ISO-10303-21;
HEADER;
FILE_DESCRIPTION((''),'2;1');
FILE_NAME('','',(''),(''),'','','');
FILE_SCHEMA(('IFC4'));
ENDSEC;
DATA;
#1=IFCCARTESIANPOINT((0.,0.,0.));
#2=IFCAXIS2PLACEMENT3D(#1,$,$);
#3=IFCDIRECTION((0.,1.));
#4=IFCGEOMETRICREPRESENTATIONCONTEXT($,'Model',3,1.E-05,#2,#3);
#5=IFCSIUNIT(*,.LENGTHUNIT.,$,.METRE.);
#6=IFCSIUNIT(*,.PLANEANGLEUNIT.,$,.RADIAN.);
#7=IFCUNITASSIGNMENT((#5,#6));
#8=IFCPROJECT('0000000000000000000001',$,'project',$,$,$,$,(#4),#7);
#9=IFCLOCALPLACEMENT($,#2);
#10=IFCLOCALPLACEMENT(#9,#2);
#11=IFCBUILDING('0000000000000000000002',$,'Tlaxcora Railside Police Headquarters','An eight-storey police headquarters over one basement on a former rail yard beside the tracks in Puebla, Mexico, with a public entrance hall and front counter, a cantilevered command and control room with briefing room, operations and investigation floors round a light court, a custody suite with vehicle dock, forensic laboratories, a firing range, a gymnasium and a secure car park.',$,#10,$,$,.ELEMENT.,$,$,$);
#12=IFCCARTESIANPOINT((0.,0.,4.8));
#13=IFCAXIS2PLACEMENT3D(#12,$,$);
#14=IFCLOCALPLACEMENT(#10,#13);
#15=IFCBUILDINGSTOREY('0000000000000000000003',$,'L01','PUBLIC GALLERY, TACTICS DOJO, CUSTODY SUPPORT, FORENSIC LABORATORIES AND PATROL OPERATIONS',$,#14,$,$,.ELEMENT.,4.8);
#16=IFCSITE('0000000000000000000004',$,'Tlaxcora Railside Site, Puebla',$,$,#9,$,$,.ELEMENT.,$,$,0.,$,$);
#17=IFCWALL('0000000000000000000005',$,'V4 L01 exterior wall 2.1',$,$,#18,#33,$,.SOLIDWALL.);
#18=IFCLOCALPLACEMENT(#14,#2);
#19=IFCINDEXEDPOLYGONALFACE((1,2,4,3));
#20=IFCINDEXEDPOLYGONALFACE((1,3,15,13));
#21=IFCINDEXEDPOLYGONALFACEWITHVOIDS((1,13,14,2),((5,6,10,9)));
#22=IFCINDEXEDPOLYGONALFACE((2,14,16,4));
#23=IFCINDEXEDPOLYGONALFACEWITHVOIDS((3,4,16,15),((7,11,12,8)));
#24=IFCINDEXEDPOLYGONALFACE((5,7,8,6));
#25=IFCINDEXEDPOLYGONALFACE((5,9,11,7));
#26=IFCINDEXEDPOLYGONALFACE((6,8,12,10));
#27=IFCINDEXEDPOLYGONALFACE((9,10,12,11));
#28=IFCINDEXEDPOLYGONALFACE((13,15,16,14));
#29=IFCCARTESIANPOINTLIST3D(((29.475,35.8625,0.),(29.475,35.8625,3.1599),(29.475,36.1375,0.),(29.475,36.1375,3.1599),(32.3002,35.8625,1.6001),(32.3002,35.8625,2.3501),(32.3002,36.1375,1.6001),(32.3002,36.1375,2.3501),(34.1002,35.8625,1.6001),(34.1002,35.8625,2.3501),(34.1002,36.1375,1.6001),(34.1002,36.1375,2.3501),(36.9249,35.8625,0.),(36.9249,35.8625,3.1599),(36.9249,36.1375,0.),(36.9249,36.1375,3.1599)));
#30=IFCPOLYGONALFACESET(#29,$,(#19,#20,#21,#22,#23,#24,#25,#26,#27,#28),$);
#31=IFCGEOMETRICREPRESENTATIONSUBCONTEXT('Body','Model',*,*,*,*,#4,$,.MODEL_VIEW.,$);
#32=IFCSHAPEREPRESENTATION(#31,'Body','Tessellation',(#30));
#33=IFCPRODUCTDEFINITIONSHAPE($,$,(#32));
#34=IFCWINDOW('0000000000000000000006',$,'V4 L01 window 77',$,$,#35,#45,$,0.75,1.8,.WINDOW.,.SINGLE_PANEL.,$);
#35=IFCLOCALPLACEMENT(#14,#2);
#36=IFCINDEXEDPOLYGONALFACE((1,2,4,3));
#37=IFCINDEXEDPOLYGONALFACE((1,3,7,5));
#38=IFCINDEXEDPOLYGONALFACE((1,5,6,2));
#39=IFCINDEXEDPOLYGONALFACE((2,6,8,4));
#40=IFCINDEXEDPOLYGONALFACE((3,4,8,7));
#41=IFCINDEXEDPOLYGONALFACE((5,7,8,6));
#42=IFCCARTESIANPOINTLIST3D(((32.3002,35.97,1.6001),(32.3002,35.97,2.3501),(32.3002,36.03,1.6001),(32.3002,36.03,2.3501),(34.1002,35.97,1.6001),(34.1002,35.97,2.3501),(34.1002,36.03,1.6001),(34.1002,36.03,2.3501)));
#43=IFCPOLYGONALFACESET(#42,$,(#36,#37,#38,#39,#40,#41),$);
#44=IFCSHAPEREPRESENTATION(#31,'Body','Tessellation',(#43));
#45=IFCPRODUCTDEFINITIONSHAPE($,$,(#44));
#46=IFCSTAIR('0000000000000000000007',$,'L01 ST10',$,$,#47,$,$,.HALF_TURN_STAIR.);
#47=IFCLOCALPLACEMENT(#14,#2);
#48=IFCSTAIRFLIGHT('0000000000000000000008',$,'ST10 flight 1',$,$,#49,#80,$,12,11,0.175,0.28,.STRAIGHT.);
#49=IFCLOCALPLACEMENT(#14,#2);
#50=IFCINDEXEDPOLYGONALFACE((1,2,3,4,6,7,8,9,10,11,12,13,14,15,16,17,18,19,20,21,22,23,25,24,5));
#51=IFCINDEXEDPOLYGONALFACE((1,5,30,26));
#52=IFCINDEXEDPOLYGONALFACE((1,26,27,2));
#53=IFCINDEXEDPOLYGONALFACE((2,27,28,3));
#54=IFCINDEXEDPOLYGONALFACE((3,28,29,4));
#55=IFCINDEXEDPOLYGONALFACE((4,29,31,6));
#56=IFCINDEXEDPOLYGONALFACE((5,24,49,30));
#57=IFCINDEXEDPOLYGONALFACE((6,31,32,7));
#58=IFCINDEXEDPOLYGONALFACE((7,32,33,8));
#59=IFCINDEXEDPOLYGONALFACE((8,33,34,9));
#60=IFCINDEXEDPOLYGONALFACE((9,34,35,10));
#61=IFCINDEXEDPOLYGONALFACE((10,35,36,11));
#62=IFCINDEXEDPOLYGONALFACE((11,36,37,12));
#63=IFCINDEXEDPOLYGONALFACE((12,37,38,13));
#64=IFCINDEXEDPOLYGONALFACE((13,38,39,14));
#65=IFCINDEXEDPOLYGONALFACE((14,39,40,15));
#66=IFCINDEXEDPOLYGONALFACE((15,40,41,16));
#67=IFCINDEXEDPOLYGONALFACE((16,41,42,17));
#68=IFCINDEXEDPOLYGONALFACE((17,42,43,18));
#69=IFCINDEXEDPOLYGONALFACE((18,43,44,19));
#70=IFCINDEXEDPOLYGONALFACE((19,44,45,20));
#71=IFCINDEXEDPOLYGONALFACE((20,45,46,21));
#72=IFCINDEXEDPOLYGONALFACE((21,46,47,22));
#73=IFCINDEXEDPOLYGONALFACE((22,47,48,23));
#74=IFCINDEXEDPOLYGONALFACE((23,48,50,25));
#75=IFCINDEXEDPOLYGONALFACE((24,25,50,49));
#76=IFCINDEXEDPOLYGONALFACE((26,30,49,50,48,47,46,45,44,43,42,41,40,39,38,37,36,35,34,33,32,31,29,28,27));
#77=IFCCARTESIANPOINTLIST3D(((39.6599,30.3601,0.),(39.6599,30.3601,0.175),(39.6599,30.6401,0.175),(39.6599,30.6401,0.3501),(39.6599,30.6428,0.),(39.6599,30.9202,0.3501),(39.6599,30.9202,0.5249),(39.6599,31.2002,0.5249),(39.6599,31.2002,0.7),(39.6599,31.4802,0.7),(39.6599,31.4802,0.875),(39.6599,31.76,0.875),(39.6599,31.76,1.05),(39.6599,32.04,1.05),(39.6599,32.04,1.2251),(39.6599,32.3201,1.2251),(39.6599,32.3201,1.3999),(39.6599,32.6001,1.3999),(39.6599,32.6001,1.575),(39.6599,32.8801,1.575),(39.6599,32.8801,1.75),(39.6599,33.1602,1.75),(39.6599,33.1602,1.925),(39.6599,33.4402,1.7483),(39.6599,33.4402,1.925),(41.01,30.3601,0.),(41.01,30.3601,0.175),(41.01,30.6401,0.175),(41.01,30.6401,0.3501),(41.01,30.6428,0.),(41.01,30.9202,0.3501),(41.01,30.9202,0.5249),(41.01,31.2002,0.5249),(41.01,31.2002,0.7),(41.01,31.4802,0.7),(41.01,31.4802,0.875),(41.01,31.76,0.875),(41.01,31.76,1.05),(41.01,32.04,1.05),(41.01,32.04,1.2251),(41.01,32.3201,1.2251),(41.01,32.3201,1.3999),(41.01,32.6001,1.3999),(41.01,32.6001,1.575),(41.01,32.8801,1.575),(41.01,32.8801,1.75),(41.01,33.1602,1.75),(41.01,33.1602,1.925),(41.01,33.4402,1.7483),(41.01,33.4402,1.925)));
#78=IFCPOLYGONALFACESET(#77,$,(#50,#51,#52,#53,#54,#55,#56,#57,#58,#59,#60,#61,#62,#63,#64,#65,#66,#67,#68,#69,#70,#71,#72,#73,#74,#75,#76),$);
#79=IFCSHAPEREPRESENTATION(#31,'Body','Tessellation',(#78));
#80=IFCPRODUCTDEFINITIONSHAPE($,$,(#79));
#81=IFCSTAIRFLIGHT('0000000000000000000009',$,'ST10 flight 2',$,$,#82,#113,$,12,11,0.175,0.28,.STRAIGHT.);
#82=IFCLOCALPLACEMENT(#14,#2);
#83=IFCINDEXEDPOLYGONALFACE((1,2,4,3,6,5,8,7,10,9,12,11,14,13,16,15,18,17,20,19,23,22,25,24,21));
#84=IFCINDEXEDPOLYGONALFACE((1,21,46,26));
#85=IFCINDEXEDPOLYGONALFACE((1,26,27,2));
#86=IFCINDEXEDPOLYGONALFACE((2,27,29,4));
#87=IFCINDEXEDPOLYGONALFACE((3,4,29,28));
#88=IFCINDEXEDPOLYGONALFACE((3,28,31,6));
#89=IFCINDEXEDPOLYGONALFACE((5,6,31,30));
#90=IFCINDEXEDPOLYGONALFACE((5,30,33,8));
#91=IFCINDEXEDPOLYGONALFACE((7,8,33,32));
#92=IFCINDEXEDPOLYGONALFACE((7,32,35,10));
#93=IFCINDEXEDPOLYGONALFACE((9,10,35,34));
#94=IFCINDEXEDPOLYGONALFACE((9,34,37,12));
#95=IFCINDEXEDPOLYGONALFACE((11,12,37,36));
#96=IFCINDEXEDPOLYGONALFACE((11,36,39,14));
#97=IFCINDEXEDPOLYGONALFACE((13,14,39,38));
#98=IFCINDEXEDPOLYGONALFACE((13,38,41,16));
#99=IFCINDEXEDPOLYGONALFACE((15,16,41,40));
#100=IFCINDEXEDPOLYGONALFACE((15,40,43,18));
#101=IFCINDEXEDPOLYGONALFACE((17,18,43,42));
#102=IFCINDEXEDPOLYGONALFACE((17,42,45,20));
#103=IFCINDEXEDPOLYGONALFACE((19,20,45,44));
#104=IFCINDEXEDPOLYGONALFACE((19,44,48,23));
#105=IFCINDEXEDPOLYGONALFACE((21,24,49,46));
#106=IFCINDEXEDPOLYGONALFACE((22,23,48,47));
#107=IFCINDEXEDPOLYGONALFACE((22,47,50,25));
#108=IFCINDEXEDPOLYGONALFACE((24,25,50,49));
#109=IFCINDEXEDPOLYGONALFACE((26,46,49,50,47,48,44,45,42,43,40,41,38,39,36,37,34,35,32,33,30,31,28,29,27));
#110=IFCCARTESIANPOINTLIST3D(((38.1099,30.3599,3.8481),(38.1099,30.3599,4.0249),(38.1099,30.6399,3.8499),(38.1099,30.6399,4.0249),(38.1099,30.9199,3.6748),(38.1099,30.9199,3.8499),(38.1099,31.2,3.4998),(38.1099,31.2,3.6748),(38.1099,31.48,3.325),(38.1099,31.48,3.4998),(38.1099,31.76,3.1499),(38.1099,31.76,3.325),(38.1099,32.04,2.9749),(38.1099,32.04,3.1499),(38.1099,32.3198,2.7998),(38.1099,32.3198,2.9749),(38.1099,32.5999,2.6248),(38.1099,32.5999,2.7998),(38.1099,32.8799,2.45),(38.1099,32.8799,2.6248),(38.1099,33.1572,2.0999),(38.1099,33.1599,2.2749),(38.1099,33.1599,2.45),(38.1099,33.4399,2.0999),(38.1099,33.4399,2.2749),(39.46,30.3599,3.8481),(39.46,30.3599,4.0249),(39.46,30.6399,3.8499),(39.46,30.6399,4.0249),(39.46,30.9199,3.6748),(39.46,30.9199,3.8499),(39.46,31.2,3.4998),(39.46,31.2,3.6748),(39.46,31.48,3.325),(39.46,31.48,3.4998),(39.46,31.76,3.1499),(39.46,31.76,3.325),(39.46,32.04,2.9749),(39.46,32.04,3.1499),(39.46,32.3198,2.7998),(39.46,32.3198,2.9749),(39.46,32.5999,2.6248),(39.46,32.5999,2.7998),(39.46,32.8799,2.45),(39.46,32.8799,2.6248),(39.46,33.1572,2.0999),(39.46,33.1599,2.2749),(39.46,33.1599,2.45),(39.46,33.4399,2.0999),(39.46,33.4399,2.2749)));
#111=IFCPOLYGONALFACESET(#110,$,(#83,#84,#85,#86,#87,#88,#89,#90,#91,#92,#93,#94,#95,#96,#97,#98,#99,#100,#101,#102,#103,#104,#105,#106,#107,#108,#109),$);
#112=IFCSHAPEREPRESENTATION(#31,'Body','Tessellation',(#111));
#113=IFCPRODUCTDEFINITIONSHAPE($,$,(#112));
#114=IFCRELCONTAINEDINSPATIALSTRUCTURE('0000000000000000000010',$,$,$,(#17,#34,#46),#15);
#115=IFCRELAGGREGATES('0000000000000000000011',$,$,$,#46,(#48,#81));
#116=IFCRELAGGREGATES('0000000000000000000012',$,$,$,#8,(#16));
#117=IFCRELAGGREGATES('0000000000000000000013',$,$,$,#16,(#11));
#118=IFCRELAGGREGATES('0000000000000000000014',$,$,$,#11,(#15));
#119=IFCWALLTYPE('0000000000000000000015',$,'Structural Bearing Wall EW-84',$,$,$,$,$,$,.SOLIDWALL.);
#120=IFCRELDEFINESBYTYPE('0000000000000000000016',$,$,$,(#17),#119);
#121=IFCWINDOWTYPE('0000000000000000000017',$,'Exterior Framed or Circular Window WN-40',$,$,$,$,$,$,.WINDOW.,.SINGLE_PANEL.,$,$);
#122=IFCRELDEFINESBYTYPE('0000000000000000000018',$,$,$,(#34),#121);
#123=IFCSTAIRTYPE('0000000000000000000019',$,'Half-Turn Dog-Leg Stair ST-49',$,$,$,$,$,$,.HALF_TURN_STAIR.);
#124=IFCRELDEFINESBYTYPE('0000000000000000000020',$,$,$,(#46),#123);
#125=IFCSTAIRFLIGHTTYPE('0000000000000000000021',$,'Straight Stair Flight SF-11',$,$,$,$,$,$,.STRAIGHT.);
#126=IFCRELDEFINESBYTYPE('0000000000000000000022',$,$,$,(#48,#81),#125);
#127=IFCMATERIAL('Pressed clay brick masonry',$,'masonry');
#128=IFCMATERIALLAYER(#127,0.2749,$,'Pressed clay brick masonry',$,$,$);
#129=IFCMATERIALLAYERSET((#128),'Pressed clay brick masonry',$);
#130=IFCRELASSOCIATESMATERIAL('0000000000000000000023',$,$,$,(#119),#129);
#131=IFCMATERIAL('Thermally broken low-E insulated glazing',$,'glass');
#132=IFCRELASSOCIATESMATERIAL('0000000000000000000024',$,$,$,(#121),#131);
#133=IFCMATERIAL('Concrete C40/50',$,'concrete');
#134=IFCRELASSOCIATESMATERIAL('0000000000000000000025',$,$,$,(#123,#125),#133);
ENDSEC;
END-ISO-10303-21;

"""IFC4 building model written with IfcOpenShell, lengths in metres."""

from ifc_helpers import new_model, si_unit, direction, frame, frame_2d, origin, place, context, subcontext, project, spatial, polyline, rectangle, outline, extrude, material, layer, layer_set, type_object, element, fill, aggregate, save


model = new_model("IFC4")

# Units and contexts
model_context = context("Model", 3, precision=1e-05, world=origin(), true_north=direction((0.0, 1.0)))
body_context = subcontext(model_context, "Body", "Model", "MODEL_VIEW")
ifc_project = project(units=[si_unit("LENGTHUNIT", "METRE"), si_unit("PLANEANGLEUNIT", "RADIAN")], contexts=[model_context])

# Site, building, storey
site_placement = place(None, origin())
site = spatial("IfcSite", under=ifc_project, at=site_placement, Name="Tlaxcora Railside Site, Puebla", CompositionType="ELEMENT", RefElevation=0.0)
building_placement = place(site_placement, origin())
building = spatial("IfcBuilding", under=site, at=building_placement, Name="Tlaxcora Railside Police Headquarters", Description="An eight-storey police headquarters over one basement on a former rail yard beside the tracks in Puebla, Mexico, with a public entrance hall and front counter, a cantilevered command and control room with briefing room, operations and investigation floors round a light court, a custody suite with vehicle dock, forensic laboratories, a firing range, a gymnasium and a secure car park.", CompositionType="ELEMENT")
storey_placement = place(building_placement, frame((0.0, 0.0, 4.8)))
storey = spatial("IfcBuildingStorey", under=building, at=storey_placement, Name="L01", Description="PUBLIC GALLERY, TACTICS DOJO, CUSTODY SUPPORT, FORENSIC LABORATORIES AND PATROL OPERATIONS", CompositionType="ELEMENT", Elevation=4.8)

# Shared definitions
ifc_material_1 = material(Name="Concrete C40/50", Category="concrete")

# Wall, opening, window
ifc_material_2 = material(Name="Pressed clay brick masonry", Category="masonry")
ifc_layer_1 = layer(ifc_material_2, 0.2749, Name="Pressed clay brick masonry")
ifc_layer_set_1 = layer_set([ifc_layer_1], Name="Pressed clay brick masonry")
wall_type_1 = type_object("IfcWallType", Name="Structural Bearing Wall EW-84", PredefinedType="SOLIDWALL", material=ifc_layer_set_1)
wall_1_placement = place(storey_placement, frame((36.925, 36.0, 0.0), z_axis=(0.0, 0.0, 1.0), x_axis=(-1.0, 0.0, 0.0)))
wall_1 = element("IfcWall", 1, at=wall_1_placement, inside=storey, type_object=wall_type_1, Name="V4 L01 exterior wall 2.1", PredefinedType="SOLIDWALL", context=body_context, shape_type="SweptSolid", body=[
    extrude(rectangle(XDim=7.45, YDim=0.2749, at=frame_2d((3.7251, 0.0))), origin(), (0.0, 0.0, 1.0), 3.1599),
])
opening_1_placement = place(wall_1_placement, frame((2.825, 0.0, 1.6001)))
opening_1 = element("IfcOpeningElement", 2, at=opening_1_placement, cuts=wall_1, PredefinedType="OPENING", context=body_context, shape_type="SweptSolid", body=[
    extrude(rectangle(XDim=1.8, YDim=0.75, at=frame_2d((0.8999, 0.375))), frame((0.0, 0.1475, 0.0), z_axis=(0.0, -1.0, 0.0), x_axis=(1.0, 0.0, 0.0)), (0.0, 0.0, 1.0), 0.2949),
])
ifc_material_3 = material(Name="Thermally broken low-E insulated glazing", Category="glass")
window_type = type_object("IfcWindowType", Name="Exterior Framed or Circular Window WN-40", PartitioningType="SINGLE_PANEL", PredefinedType="WINDOW", material=ifc_material_3)
window_placement = place(opening_1_placement, origin())
window = element("IfcWindow", 3, at=window_placement, inside=storey, type_object=window_type, Name="V4 L01 window 77", OverallHeight=0.75, OverallWidth=1.8, PartitioningType="SINGLE_PANEL", PredefinedType="WINDOW", context=body_context, shape_type="SweptSolid", body=[
    extrude(rectangle(XDim=1.8, YDim=0.75, at=frame_2d((0.8999, 0.375))), frame((0.0, 0.03, 0.0), z_axis=(0.0, -1.0, 0.0), x_axis=(1.0, 0.0, 0.0)), (0.0, 0.0, 1.0), 0.0601),
])
fill(opening_1, window)

# Stair, stair flights
stair_type = type_object("IfcStairType", Name="Half-Turn Dog-Leg Stair ST-49", PredefinedType="HALF_TURN_STAIR", material=ifc_material_1)
stair_placement = place(storey_placement, origin())
stair = element("IfcStair", 4, at=stair_placement, inside=storey, type_object=stair_type, Name="L01 ST10", PredefinedType="HALF_TURN_STAIR")
stair_flight_type = type_object("IfcStairFlightType", Name="Straight Stair Flight SF-11", PredefinedType="STRAIGHT", material=ifc_material_1)
stair_flight_1_placement = place(storey_placement, frame((40.335, 30.3601, 0.0), z_axis=(0.0, 0.0, 1.0), x_axis=(0.0, 1.0, 0.0)))
stair_flight_1 = element("IfcStairFlight", 5, at=stair_flight_1_placement, type_object=stair_flight_type, Name="ST10 flight 1", NumberOfRisers=12, NumberOfTreads=11, PredefinedType="STRAIGHT", RiserHeight=0.175, TreadLength=0.28, context=body_context, shape_type="SweptSolid", body=[
    extrude(outline(polyline([(0.0, 0.0), (0.0, 0.175), (0.28, 0.175), (0.28, 0.3501), (0.5601, 0.3501), (0.5601, 0.5249), (0.8401, 0.5249), (0.8401, 0.7), (1.1201, 0.7), (1.1201, 0.875), (1.3999, 0.875), (1.3999, 1.05), (1.6799, 1.05), (1.6799, 1.2251), (1.96, 1.2251), (1.96, 1.3999), (2.24, 1.3999), (2.24, 1.575), (2.52, 1.575), (2.52, 1.75), (2.8, 1.75), (2.8, 1.925), (3.0801, 1.925), (3.0801, 2.1001), (3.0801, 1.7483), (0.2827, 0.0), (0.0, 0.0)])), frame((0.0, 0.675, 0.0), z_axis=(0.0, -1.0, 0.0), x_axis=(1.0, 0.0, 0.0)), (0.0, 0.0, 1.0), 1.3501),
])
stair_flight_2_placement = place(storey_placement, frame((38.7849, 33.4399, 2.0999), z_axis=(0.0, 0.0, 1.0), x_axis=(0.0, -1.0, 0.0)))
stair_flight_2 = element("IfcStairFlight", 6, at=stair_flight_2_placement, type_object=stair_flight_type, Name="ST10 flight 2", NumberOfRisers=12, NumberOfTreads=11, PredefinedType="STRAIGHT", RiserHeight=0.175, TreadLength=0.28, context=body_context, shape_type="SweptSolid", body=[
    extrude(outline(polyline([(0.0, 0.0), (0.0, 0.175), (0.28, 0.175), (0.28, 0.3501), (0.5601, 0.3501), (0.5601, 0.5249), (0.8401, 0.5249), (0.8401, 0.7), (1.1201, 0.7), (1.1201, 0.875), (1.3999, 0.875), (1.3999, 1.05), (1.6799, 1.05), (1.6799, 1.2251), (1.96, 1.2251), (1.96, 1.3999), (2.24, 1.3999), (2.24, 1.575), (2.52, 1.575), (2.52, 1.75), (2.8, 1.75), (2.8, 1.925), (3.0801, 1.925), (3.0801, 2.1001), (3.0801, 1.7483), (0.2827, 0.0), (0.0, 0.0)])), frame((0.0, 0.675, 0.0), z_axis=(0.0, -1.0, 0.0), x_axis=(1.0, 0.0, 0.0)), (0.0, 0.0, 1.0), 1.3501),
])
aggregate(stair, [stair_flight_1, stair_flight_2])

save(model, "model.ifc")
